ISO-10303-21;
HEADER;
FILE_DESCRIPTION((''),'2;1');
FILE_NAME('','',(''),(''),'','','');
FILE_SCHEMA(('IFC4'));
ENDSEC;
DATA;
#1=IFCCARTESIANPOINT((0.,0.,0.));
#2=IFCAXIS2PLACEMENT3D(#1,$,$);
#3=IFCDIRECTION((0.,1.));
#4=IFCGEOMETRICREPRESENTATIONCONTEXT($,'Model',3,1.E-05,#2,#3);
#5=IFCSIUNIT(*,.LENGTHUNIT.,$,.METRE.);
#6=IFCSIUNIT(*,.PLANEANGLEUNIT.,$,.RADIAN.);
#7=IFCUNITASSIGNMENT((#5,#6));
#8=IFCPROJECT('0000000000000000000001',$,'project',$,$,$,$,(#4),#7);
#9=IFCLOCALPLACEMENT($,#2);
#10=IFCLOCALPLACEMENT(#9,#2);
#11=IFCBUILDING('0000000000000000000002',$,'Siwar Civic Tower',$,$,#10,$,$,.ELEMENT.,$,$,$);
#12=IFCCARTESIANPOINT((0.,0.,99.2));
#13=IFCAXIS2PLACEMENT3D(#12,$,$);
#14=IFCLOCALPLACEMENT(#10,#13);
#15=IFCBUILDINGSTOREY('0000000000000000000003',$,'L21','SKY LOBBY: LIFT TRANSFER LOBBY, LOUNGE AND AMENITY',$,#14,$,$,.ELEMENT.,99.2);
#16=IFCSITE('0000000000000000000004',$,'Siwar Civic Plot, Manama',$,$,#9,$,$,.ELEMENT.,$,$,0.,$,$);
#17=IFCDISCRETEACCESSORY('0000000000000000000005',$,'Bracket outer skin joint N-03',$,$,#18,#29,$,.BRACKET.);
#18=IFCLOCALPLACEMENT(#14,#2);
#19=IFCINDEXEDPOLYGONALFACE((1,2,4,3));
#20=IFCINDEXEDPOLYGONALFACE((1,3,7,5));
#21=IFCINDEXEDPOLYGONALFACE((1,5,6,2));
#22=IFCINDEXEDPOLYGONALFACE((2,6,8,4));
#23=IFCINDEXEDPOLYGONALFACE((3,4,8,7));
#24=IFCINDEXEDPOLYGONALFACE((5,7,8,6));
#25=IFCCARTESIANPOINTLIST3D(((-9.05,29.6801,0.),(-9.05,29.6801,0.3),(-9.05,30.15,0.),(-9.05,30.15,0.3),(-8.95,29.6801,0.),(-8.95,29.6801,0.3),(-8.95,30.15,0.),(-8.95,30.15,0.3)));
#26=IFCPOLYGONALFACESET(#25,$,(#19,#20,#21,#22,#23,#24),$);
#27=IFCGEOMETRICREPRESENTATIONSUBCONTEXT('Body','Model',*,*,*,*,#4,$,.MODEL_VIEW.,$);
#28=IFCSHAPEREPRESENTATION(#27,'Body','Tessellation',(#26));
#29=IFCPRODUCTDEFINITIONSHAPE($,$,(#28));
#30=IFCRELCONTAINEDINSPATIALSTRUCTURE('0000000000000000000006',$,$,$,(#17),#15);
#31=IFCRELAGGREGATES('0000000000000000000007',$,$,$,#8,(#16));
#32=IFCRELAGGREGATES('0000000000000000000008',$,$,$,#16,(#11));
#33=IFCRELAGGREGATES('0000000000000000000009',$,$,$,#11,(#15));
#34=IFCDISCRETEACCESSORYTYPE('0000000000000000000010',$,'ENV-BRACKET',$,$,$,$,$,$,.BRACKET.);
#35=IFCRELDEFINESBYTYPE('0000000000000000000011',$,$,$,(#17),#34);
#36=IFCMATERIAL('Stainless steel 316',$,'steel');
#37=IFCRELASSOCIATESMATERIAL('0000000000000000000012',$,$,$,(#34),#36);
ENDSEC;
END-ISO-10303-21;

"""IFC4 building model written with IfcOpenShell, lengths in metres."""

from ifc_helpers import new_model, si_unit, direction, frame, origin, origin_2d, place, context, subcontext, project, spatial, rectangle, extrude, material, type_object, element, save


model = new_model("IFC4")

# Units and contexts
model_context = context("Model", 3, precision=1e-05, world=origin(), true_north=direction((0.0, 1.0)))
body_context = subcontext(model_context, "Body", "Model", "MODEL_VIEW")
ifc_project = project(units=[si_unit("LENGTHUNIT", "METRE"), si_unit("PLANEANGLEUNIT", "RADIAN")], contexts=[model_context])

# Site, building, storey
site_placement = place(None, origin())
site = spatial("IfcSite", under=ifc_project, at=site_placement, Name="Siwar Civic Plot, Manama", CompositionType="ELEMENT", RefElevation=0.0)
building_placement = place(site_placement, origin())
building = spatial("IfcBuilding", under=site, at=building_placement, Name="Siwar Civic Tower", CompositionType="ELEMENT")
storey_placement = place(building_placement, frame((0.0, 0.0, 99.2)))
storey = spatial("IfcBuildingStorey", under=building, at=storey_placement, Name="L21", Description="SKY LOBBY: LIFT TRANSFER LOBBY, LOUNGE AND AMENITY", CompositionType="ELEMENT", Elevation=99.2)

# Discrete accessory
ifc_material_1 = material(Name="Stainless steel 316", Category="steel")
discrete_accessory_type = type_object("IfcDiscreteAccessoryType", Name="ENV-BRACKET", PredefinedType="BRACKET", material=ifc_material_1)
discrete_accessory_placement = place(storey_placement, frame((-9.0, 29.915, 0.0), z_axis=(0.0, 0.0, 1.0), x_axis=(0.0, 1.0, 0.0)))
element("IfcDiscreteAccessory", 1, at=discrete_accessory_placement, inside=storey, type_object=discrete_accessory_type, Name="Bracket outer skin joint N-03", PredefinedType="BRACKET", context=body_context, shape_type="SweptSolid", body=[
    extrude(rectangle(XDim=0.47, YDim=0.1001, at=origin_2d()), origin(), (0.0, 0.0, 1.0), 0.3),
])

save(model, "model.ifc")
